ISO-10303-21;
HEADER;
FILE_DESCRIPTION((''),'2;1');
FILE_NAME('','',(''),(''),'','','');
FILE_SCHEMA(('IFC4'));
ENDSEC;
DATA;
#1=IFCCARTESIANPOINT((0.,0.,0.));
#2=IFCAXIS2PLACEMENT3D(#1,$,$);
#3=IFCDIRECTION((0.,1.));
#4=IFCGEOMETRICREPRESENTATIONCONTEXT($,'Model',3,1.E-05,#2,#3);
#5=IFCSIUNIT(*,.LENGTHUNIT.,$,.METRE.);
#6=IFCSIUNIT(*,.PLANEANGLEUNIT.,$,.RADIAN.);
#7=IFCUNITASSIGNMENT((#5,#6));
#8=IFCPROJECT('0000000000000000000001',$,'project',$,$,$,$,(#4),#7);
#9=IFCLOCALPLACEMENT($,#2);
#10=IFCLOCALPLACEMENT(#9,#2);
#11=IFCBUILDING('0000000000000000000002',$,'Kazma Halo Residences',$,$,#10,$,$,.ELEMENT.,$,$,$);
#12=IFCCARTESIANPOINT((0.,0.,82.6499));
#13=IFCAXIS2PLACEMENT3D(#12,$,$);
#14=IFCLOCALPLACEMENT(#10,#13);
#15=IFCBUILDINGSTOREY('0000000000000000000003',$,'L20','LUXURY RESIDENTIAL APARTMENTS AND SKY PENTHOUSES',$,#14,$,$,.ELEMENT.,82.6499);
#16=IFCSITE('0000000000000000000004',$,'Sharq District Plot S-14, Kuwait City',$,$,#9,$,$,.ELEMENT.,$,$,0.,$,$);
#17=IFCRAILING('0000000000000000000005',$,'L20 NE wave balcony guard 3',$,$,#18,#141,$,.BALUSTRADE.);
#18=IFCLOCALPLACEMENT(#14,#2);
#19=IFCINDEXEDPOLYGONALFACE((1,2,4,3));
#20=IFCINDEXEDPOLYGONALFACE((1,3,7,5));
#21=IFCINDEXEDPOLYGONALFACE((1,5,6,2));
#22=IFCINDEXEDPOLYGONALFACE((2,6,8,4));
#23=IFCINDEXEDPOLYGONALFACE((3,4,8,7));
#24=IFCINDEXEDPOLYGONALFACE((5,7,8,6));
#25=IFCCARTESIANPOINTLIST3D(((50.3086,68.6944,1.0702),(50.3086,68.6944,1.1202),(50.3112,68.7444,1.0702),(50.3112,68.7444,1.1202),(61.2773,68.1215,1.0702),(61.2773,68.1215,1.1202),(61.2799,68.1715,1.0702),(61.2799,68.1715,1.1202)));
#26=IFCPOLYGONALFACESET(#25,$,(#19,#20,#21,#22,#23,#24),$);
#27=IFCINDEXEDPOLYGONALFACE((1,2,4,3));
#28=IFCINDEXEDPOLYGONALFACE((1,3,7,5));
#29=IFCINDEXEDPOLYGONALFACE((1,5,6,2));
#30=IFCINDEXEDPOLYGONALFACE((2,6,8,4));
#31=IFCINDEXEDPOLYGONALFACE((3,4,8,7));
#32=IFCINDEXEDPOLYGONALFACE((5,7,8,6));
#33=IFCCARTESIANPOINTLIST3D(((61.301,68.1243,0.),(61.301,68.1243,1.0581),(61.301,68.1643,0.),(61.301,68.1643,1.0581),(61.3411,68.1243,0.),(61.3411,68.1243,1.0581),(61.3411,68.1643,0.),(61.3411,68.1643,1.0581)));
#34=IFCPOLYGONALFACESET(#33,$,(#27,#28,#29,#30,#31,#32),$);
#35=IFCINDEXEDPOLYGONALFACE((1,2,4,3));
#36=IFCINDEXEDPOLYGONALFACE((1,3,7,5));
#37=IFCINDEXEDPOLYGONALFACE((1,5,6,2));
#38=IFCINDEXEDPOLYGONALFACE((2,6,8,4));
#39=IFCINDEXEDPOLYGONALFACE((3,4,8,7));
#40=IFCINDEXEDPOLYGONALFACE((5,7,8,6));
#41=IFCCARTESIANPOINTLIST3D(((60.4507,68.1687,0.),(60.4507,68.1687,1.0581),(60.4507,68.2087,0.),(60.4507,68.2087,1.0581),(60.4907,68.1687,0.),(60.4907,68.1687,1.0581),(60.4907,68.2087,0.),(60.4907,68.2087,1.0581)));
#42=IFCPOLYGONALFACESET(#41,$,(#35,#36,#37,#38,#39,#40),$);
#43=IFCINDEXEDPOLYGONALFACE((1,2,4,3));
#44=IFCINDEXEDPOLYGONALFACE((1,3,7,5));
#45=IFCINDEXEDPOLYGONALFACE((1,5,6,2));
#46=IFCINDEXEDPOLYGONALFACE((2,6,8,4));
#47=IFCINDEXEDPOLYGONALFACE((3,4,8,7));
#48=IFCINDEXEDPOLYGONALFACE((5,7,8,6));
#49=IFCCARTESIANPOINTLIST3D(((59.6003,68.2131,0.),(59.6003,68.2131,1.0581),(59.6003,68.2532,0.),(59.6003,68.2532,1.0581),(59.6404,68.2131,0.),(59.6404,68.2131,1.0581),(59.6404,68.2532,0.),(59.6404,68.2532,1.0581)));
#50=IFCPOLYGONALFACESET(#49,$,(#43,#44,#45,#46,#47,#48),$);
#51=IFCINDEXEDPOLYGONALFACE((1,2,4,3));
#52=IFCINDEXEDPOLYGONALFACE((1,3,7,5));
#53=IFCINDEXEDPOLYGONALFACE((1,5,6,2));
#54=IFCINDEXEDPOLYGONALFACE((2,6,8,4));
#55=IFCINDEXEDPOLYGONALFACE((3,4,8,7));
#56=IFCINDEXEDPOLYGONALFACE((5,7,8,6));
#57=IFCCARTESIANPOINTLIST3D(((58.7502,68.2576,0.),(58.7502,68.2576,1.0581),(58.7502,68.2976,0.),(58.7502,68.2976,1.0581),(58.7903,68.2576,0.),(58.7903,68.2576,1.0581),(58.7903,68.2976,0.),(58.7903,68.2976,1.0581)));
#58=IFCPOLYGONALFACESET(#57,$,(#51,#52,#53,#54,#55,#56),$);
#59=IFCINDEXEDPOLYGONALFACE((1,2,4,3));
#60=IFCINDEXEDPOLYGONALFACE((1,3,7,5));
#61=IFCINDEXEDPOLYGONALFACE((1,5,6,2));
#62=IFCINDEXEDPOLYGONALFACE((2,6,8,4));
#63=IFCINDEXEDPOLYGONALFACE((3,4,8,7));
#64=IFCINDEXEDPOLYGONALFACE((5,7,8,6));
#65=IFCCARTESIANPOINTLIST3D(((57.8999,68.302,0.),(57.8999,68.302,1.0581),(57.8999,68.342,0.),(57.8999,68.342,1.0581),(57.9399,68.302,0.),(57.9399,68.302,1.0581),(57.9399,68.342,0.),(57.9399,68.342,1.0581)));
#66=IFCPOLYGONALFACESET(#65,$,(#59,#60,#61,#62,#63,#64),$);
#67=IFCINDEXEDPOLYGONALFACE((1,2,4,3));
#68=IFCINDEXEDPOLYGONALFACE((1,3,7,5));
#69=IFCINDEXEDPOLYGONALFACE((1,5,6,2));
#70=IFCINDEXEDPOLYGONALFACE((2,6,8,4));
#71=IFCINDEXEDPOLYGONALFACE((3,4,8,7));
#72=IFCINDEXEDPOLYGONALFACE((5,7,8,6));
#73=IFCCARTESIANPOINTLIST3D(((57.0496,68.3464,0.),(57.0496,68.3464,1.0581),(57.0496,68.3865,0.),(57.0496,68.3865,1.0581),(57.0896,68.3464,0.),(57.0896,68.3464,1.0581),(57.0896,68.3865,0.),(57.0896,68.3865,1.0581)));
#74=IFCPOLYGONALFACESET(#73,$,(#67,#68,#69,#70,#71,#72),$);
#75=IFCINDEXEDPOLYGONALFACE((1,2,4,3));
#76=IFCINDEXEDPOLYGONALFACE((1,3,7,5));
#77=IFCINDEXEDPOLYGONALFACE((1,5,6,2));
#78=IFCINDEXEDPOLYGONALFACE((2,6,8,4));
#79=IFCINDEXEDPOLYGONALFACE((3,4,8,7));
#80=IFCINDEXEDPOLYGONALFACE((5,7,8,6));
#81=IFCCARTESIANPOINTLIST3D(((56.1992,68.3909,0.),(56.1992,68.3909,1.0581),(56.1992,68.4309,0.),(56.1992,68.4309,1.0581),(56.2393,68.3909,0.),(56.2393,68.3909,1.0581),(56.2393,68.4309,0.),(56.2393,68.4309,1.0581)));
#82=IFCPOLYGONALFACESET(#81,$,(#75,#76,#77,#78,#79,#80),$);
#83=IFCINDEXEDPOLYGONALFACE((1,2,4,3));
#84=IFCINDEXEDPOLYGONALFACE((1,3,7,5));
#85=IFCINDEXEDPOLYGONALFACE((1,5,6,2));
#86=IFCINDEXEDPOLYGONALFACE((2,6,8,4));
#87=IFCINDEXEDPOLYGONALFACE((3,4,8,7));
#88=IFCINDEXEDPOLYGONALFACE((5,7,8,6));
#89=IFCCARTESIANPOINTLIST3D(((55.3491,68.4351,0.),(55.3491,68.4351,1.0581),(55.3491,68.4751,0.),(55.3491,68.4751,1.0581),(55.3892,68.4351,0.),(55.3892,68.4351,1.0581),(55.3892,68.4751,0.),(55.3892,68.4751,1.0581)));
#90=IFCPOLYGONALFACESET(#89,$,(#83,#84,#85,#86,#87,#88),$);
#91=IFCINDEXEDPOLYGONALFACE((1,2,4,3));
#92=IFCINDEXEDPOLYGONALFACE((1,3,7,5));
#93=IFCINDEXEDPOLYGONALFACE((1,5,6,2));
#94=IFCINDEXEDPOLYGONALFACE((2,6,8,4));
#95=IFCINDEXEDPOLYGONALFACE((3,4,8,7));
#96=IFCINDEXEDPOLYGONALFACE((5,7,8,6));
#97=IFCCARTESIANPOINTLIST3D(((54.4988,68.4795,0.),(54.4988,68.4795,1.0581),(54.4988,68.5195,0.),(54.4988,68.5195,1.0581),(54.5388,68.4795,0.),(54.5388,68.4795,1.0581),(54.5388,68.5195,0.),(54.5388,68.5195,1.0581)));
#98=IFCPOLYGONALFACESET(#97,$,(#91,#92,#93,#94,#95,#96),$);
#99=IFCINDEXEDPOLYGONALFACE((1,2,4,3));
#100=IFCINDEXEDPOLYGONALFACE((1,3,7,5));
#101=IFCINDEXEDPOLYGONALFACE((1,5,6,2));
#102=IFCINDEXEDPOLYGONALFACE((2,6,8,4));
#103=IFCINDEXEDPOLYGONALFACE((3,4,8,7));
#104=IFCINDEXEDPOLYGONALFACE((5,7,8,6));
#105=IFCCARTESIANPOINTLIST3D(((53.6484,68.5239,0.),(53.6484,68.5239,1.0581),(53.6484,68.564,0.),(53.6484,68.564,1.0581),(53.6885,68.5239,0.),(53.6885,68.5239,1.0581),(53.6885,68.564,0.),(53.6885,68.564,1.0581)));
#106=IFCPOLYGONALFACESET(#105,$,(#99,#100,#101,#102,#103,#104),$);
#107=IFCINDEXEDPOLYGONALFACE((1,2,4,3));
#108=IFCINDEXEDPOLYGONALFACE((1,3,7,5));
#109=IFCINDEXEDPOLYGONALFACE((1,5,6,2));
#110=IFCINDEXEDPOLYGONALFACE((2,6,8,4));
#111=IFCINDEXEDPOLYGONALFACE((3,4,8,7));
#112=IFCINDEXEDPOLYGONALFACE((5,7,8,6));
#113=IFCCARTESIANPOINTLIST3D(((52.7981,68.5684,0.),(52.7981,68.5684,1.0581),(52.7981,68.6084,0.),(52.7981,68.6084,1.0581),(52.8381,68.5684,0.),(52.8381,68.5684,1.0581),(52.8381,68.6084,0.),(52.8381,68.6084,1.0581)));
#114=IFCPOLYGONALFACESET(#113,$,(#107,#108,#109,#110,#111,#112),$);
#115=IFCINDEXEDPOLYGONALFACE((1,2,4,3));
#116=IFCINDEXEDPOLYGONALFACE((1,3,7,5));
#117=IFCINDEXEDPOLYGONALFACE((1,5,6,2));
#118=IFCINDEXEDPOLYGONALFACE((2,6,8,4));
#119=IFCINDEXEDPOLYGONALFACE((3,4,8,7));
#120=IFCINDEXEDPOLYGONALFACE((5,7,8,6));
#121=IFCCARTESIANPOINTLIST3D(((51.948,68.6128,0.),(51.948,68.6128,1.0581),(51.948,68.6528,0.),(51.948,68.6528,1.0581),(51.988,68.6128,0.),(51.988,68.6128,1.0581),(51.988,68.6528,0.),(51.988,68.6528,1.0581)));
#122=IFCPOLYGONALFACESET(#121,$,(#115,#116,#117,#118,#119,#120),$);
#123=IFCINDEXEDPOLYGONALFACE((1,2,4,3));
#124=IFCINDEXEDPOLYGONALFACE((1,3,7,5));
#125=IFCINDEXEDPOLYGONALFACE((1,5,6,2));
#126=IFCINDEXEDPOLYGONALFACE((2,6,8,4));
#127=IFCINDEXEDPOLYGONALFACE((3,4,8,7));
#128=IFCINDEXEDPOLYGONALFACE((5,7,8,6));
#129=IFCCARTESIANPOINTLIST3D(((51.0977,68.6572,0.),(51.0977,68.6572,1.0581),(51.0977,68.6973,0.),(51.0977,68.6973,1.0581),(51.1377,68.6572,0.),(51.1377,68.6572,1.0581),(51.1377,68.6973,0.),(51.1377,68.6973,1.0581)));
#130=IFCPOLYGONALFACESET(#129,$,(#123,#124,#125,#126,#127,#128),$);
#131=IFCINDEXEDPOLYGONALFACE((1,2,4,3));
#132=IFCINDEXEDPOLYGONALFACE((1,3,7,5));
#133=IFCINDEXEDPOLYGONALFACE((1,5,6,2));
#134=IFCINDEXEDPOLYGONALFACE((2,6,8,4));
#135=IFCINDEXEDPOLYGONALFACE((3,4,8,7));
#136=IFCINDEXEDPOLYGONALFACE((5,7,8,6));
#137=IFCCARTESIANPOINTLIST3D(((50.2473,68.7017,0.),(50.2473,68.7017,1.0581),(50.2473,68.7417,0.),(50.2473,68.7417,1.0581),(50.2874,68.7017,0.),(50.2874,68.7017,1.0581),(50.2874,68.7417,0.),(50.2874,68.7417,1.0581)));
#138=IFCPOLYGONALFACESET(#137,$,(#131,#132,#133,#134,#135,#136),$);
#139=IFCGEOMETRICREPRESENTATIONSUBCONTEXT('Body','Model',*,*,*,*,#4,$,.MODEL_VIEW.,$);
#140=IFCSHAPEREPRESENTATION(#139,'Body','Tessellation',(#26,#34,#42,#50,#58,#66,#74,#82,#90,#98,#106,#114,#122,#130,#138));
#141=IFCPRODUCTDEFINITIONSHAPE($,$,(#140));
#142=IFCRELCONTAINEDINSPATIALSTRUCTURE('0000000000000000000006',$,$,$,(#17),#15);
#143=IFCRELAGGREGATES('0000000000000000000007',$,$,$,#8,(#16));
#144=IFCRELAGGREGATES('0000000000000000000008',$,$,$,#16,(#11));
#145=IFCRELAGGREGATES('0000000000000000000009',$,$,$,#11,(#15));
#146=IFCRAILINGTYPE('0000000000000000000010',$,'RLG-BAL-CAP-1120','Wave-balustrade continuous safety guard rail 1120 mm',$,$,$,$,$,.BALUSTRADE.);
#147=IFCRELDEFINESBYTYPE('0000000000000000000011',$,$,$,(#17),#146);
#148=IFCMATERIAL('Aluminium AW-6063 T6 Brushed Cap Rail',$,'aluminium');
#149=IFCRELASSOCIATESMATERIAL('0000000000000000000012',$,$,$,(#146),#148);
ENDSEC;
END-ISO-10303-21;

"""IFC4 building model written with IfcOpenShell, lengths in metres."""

from ifc_helpers import new_model, si_unit, direction, frame, origin, origin_2d, place, context, subcontext, project, spatial, rectangle, extrude, material, type_object, element, save


model = new_model("IFC4")

# Units and contexts
model_context = context("Model", 3, precision=1e-05, world=origin(), true_north=direction((0.0, 1.0)))
body_context = subcontext(model_context, "Body", "Model", "MODEL_VIEW")
ifc_project = project(units=[si_unit("LENGTHUNIT", "METRE"), si_unit("PLANEANGLEUNIT", "RADIAN")], contexts=[model_context])

# Site, building, storey
site_placement = place(None, origin())
site = spatial("IfcSite", under=ifc_project, at=site_placement, Name="Sharq District Plot S-14, Kuwait City", CompositionType="ELEMENT", RefElevation=0.0)
building_placement = place(site_placement, origin())
building = spatial("IfcBuilding", under=site, at=building_placement, Name="Kazma Halo Residences", CompositionType="ELEMENT")
storey_placement = place(building_placement, frame((0.0, 0.0, 82.6499)))
storey = spatial("IfcBuildingStorey", under=building, at=storey_placement, Name="L20", Description="LUXURY RESIDENTIAL APARTMENTS AND SKY PENTHOUSES", CompositionType="ELEMENT", Elevation=82.6499)

# Railing
ifc_material_1 = material(Name="Aluminium AW-6063 T6 Brushed Cap Rail", Category="aluminium")
railing_type = type_object("IfcRailingType", Name="RLG-BAL-CAP-1120", Description="Wave-balustrade continuous safety guard rail 1120 mm", PredefinedType="BALUSTRADE", material=ifc_material_1)
railing_1_placement = place(storey_placement, frame((61.321, 68.1443, 0.0)))
element("IfcRailing", 1, at=railing_1_placement, inside=storey, type_object=railing_type, Name="L20 NE wave balcony guard 3", PredefinedType="BALUSTRADE", context=body_context, shape_type="SweptSolid", body=[
    extrude(rectangle(XDim=0.05, YDim=0.05, at=origin_2d()), frame((-0.0425, 0.0022, 1.0952), z_axis=(-0.998639, 0.052164, 0.0), x_axis=(-0.052164, -0.998639, 0.0)), (0.0, 0.0, 1.0), 10.9836),
    extrude(rectangle(XDim=0.04, YDim=0.04, at=origin_2d()), origin(), (0.0, 0.0, 1.0), 1.0581),
    extrude(rectangle(XDim=0.04, YDim=0.04, at=origin_2d()), frame((-0.8503, 0.0444, 0.0)), (0.0, 0.0, 1.0), 1.0581),
    extrude(rectangle(XDim=0.04, YDim=0.04, at=origin_2d()), frame((-1.7007, 0.0889, 0.0)), (0.0, 0.0, 1.0), 1.0581),
    extrude(rectangle(XDim=0.04, YDim=0.04, at=origin_2d()), frame((-2.5508, 0.1333, 0.0)), (0.0, 0.0, 1.0), 1.0581),
    extrude(rectangle(XDim=0.04, YDim=0.04, at=origin_2d()), frame((-3.4011, 0.1777, 0.0)), (0.0, 0.0, 1.0), 1.0581),
    extrude(rectangle(XDim=0.04, YDim=0.04, at=origin_2d()), frame((-4.2515, 0.2222, 0.0)), (0.0, 0.0, 1.0), 1.0581),
    extrude(rectangle(XDim=0.04, YDim=0.04, at=origin_2d()), frame((-5.1018, 0.2666, 0.0)), (0.0, 0.0, 1.0), 1.0581),
    extrude(rectangle(XDim=0.04, YDim=0.04, at=origin_2d()), frame((-5.9519, 0.3108, 0.0)), (0.0, 0.0, 1.0), 1.0581),
    extrude(rectangle(XDim=0.04, YDim=0.04, at=origin_2d()), frame((-6.8022, 0.3552, 0.0)), (0.0, 0.0, 1.0), 1.0581),
    extrude(rectangle(XDim=0.04, YDim=0.04, at=origin_2d()), frame((-7.6526, 0.3997, 0.0)), (0.0, 0.0, 1.0), 1.0581),
    extrude(rectangle(XDim=0.04, YDim=0.04, at=origin_2d()), frame((-8.5029, 0.4441, 0.0)), (0.0, 0.0, 1.0), 1.0581),
    extrude(rectangle(XDim=0.04, YDim=0.04, at=origin_2d()), frame((-9.353, 0.4885, 0.0)), (0.0, 0.0, 1.0), 1.0581),
    extrude(rectangle(XDim=0.04, YDim=0.04, at=origin_2d()), frame((-10.2034, 0.533, 0.0)), (0.0, 0.0, 1.0), 1.0581),
    extrude(rectangle(XDim=0.04, YDim=0.04, at=origin_2d()), frame((-11.0537, 0.5774, 0.0)), (0.0, 0.0, 1.0), 1.0581),
])

save(model, "model.ifc")
